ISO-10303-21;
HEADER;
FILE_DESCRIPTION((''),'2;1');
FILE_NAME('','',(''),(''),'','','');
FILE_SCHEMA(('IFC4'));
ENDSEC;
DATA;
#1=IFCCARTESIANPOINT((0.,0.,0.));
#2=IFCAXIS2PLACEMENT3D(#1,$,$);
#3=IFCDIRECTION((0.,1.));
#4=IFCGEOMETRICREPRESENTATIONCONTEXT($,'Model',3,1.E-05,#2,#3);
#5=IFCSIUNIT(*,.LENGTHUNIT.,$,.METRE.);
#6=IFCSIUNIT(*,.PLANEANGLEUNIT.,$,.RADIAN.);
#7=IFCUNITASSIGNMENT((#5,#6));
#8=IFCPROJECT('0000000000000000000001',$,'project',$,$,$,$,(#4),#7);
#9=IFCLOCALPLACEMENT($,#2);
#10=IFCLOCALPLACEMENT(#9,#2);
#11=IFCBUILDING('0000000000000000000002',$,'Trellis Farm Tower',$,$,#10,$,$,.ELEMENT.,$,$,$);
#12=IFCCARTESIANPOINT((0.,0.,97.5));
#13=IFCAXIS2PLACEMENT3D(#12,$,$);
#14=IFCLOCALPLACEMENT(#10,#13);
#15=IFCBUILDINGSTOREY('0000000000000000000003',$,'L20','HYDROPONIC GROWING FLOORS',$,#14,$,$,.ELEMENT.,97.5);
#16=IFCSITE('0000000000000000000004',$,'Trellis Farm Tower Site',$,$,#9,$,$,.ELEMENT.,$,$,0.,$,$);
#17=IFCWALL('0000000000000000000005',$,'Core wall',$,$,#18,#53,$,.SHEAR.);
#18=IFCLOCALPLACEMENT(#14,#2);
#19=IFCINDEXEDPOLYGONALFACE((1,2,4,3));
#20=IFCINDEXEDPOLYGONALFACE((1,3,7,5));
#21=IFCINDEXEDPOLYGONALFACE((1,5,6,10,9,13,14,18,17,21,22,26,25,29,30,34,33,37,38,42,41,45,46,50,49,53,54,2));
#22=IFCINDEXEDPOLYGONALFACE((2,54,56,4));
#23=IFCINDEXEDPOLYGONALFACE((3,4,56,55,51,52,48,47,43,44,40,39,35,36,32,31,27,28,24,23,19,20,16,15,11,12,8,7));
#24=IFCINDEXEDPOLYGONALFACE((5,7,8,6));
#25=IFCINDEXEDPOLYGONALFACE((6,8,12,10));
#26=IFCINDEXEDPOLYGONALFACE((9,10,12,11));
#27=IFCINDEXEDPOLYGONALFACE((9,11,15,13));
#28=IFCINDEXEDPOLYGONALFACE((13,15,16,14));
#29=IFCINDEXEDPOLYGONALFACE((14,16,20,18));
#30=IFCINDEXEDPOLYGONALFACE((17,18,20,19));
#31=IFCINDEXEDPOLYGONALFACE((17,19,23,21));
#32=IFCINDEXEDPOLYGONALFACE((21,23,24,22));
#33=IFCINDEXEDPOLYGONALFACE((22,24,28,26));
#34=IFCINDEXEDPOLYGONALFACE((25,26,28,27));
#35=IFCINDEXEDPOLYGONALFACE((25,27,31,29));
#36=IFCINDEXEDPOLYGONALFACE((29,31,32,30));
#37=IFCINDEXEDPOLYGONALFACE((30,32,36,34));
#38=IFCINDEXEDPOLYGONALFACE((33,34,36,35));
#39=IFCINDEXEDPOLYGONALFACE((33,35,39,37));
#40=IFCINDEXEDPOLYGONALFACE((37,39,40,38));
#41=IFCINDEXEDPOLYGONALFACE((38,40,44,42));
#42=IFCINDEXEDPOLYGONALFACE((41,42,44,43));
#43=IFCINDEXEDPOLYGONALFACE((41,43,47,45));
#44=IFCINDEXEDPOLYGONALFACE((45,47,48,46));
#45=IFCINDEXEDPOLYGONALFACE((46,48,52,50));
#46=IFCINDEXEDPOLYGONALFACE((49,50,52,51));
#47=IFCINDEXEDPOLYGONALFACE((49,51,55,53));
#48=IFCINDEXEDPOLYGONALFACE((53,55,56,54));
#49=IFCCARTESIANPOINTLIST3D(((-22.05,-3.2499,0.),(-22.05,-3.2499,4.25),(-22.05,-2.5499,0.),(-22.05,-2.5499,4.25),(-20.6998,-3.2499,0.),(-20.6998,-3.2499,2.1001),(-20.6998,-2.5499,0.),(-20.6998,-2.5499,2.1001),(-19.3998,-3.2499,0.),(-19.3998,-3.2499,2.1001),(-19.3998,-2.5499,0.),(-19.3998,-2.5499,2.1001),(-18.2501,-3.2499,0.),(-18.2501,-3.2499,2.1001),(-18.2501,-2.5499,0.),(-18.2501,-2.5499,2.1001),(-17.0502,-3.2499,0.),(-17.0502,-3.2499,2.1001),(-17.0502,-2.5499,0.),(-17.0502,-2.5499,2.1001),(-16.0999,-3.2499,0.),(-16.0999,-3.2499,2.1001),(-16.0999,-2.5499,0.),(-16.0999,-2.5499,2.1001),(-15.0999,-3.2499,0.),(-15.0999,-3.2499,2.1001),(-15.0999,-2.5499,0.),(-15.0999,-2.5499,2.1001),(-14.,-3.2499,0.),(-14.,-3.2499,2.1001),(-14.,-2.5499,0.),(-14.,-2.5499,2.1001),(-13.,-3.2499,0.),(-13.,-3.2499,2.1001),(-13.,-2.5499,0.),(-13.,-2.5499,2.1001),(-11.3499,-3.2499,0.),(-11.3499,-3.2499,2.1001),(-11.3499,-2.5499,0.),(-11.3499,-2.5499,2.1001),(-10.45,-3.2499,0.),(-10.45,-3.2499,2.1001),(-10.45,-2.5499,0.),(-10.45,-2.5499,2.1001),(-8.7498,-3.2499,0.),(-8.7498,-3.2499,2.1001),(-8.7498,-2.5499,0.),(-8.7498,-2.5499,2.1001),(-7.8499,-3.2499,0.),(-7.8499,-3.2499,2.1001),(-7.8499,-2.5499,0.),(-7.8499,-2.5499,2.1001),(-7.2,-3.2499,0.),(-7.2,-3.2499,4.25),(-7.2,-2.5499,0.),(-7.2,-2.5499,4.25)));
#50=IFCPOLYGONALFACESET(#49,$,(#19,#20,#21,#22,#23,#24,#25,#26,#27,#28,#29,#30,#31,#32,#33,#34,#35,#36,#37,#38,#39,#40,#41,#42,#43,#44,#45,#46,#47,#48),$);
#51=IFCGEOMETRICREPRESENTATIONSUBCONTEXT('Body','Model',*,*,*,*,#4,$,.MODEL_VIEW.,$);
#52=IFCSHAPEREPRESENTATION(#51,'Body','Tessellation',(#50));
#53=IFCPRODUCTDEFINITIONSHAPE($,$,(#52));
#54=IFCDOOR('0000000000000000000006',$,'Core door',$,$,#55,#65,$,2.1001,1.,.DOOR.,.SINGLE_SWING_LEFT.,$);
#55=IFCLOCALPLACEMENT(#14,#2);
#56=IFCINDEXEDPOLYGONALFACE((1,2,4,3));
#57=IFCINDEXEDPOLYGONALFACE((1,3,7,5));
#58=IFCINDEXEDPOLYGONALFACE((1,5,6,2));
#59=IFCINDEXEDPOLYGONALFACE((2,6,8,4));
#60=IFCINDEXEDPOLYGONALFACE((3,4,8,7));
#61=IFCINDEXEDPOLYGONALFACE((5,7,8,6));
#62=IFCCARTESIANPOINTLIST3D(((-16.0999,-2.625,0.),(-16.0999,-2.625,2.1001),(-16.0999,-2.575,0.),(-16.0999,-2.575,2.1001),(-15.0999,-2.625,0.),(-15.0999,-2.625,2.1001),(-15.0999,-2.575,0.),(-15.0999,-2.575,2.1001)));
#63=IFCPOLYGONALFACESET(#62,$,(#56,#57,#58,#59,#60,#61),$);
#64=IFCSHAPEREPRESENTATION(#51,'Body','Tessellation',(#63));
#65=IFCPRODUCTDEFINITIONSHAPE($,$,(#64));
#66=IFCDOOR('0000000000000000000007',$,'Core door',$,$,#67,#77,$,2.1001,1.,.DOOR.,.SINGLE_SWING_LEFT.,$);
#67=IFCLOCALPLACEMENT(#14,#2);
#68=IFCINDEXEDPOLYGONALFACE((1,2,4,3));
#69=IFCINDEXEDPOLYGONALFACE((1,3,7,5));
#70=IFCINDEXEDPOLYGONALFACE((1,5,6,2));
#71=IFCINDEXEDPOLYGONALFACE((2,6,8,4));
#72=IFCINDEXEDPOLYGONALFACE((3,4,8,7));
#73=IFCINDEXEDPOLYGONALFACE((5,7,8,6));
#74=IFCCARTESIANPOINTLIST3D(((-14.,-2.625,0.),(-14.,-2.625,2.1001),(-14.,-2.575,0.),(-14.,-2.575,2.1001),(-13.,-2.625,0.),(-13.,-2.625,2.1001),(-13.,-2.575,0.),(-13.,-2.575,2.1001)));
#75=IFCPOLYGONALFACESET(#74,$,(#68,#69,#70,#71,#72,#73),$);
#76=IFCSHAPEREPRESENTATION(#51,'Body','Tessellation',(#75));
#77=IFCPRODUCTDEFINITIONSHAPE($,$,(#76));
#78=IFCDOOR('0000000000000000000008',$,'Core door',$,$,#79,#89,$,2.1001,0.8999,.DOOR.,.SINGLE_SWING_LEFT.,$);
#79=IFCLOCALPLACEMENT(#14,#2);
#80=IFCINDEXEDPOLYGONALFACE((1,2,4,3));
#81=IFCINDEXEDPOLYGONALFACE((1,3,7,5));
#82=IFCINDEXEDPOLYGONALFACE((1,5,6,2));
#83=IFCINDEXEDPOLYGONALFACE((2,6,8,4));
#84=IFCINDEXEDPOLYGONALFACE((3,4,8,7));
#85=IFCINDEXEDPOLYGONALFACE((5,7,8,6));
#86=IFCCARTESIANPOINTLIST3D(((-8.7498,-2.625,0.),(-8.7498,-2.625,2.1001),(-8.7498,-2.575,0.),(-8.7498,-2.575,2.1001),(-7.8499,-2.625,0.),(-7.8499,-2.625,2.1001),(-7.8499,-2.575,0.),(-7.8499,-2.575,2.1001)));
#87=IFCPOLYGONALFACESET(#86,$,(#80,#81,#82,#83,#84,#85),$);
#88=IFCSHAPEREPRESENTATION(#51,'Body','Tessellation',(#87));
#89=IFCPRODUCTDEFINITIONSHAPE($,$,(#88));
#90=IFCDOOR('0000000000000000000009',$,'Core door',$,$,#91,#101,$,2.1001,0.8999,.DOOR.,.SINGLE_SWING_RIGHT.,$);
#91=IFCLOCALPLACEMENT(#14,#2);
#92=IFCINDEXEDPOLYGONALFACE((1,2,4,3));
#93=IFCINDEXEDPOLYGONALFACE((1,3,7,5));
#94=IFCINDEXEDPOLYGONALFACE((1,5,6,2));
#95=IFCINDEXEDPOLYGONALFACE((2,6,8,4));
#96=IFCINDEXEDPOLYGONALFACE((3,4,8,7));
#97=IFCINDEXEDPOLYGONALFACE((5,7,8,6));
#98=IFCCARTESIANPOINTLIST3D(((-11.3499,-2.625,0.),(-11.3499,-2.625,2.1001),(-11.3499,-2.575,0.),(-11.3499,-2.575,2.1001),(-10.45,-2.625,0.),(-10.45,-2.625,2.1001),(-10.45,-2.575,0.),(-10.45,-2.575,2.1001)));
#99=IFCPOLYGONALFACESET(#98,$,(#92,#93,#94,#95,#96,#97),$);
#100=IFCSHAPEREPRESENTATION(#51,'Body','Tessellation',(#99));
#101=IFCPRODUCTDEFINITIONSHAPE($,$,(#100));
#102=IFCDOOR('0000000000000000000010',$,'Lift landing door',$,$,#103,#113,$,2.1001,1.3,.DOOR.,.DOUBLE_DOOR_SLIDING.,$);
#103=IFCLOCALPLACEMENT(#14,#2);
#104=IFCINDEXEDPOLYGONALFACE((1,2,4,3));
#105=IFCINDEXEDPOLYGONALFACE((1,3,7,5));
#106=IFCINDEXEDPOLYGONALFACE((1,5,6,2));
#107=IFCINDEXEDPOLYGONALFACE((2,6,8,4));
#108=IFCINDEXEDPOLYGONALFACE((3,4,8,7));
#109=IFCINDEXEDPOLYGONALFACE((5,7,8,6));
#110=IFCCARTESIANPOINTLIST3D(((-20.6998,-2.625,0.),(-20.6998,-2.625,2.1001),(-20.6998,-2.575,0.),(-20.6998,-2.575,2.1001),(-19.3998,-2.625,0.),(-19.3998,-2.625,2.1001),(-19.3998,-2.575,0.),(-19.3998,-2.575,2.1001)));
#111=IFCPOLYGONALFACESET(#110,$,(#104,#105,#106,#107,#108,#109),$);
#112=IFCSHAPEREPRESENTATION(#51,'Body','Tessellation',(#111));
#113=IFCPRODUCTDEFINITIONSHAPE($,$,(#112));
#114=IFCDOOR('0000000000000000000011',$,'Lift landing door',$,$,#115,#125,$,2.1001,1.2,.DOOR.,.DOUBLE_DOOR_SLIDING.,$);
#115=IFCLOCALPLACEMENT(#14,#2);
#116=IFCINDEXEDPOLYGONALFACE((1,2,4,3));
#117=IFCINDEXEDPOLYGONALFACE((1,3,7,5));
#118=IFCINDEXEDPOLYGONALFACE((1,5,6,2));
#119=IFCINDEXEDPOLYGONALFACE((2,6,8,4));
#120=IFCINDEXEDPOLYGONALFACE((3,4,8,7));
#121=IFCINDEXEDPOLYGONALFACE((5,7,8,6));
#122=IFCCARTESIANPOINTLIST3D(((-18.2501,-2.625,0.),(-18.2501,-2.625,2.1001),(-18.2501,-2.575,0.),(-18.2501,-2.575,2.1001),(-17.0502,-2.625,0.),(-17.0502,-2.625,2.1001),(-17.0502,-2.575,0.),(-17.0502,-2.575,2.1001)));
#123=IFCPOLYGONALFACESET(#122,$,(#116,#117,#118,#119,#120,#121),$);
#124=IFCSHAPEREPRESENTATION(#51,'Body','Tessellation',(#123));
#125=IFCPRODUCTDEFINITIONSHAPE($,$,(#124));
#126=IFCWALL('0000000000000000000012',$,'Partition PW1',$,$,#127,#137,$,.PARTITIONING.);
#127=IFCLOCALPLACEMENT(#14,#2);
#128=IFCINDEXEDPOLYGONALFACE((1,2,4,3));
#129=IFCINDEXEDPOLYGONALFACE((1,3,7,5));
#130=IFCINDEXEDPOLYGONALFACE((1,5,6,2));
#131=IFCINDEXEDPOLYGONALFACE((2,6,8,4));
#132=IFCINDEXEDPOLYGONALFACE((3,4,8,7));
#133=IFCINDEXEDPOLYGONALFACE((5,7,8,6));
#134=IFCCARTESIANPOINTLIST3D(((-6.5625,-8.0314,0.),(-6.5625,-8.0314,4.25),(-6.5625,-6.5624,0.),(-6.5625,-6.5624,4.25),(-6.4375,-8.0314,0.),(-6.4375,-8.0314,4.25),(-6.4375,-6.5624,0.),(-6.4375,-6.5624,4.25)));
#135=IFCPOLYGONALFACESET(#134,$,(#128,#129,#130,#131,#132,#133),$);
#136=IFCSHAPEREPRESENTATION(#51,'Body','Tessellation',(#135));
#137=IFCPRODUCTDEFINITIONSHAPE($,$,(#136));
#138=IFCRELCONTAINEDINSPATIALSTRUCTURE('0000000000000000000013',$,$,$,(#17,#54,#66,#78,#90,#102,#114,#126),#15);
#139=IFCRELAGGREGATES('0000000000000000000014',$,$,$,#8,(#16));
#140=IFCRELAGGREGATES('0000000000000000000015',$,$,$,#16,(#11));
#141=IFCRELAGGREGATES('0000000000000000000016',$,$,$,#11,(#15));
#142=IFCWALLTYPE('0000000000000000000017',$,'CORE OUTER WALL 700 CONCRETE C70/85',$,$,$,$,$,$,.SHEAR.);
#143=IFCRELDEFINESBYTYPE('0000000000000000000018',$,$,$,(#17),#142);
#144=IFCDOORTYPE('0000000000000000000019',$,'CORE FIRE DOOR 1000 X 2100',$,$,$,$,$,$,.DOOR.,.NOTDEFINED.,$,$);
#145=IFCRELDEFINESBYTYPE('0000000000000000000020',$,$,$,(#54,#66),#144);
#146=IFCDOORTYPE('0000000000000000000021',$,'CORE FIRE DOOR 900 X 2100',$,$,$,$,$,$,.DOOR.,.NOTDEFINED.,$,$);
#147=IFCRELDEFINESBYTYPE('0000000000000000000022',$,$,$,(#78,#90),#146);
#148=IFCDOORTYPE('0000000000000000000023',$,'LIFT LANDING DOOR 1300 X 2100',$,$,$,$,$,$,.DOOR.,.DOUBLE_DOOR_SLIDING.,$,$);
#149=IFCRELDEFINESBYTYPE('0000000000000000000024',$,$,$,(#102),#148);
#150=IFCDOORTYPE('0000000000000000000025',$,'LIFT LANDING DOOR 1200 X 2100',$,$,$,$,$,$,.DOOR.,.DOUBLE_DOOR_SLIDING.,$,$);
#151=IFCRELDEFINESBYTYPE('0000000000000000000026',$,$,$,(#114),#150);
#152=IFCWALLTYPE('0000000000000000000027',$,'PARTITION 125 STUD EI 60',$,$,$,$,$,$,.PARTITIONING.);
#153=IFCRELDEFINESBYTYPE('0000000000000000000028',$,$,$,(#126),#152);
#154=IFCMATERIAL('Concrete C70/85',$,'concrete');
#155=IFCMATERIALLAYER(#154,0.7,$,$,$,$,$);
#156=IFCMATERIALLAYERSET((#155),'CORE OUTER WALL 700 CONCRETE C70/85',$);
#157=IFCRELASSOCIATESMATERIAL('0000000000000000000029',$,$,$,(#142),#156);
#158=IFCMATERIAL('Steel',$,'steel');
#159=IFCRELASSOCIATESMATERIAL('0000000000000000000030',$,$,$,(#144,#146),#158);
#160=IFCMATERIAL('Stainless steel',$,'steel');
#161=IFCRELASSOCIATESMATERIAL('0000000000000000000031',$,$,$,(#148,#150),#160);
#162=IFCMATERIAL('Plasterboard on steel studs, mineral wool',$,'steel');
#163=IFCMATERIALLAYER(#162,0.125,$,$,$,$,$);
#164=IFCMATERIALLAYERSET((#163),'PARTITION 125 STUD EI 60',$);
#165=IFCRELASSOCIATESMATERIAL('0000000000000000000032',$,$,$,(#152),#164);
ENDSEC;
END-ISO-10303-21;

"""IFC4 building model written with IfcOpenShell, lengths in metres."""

from ifc_helpers import new_model, si_unit, direction, frame, frame_2d, origin, place, context, subcontext, project, spatial, rectangle, extrude, source, transform, mapped, material, layer, layer_set, type_object, element, fill, save


model = new_model("IFC4")

# Units and contexts
model_context = context("Model", 3, precision=1e-05, world=origin(), true_north=direction((0.0, 1.0)))
body_context = subcontext(model_context, "Body", "Model", "MODEL_VIEW")
ifc_project = project(units=[si_unit("LENGTHUNIT", "METRE"), si_unit("PLANEANGLEUNIT", "RADIAN")], contexts=[model_context])

# Site, building, storey
site_placement = place(None, origin())
site = spatial("IfcSite", under=ifc_project, at=site_placement, Name="Trellis Farm Tower Site", CompositionType="ELEMENT", RefElevation=0.0)
building_placement = place(site_placement, origin())
building = spatial("IfcBuilding", under=site, at=building_placement, Name="Trellis Farm Tower", CompositionType="ELEMENT")
storey_placement = place(building_placement, frame((0.0, 0.0, 97.5)))
storey = spatial("IfcBuildingStorey", under=building, at=storey_placement, Name="L20", Description="HYDROPONIC GROWING FLOORS", CompositionType="ELEMENT", Elevation=97.5)

# Shared definitions
ifc_material_1 = material(Name="Concrete C70/85", Category="concrete")

# Wall, openings, doors
ifc_layer_1 = layer(ifc_material_1, 0.7)
ifc_layer_set_1 = layer_set([ifc_layer_1], Name="CORE OUTER WALL 700 CONCRETE C70/85")
wall_type_1 = type_object("IfcWallType", Name="CORE OUTER WALL 700 CONCRETE C70/85", PredefinedType="SHEAR", material=ifc_layer_set_1)
shared_shape_1 = source(origin(), body_context, "Body", "SweptSolid", [
    extrude(rectangle(XDim=14.8501, YDim=0.7, at=frame_2d((7.425, 0.0))), origin(), (0.0, 0.0, 1.0), 4.25),
])
wall_1_placement = place(storey_placement, frame((-7.2, -2.8999, 0.0), z_axis=(0.0, 0.0, 1.0), x_axis=(-1.0, 0.0, 0.0)))
wall_1 = element("IfcWall", 1, at=wall_1_placement, inside=storey, type_object=wall_type_1, Name="Core wall", PredefinedType="SHEAR", context=body_context, shape_type="MappedRepresentation", body=[
    mapped(shared_shape_1, transform((0.0, 0.0, 0.0))),
])
shared_shape_2 = source(origin(), body_context, "Body", "SweptSolid", [
    extrude(rectangle(XDim=1.3, YDim=2.1001, at=frame_2d((0.6499, 1.05))), frame((0.0, 0.3601, 0.0), z_axis=(0.0, -1.0, 0.0), x_axis=(1.0, 0.0, 0.0)), (0.0, 0.0, 1.0), 0.7202),
])
opening_1_placement = place(wall_1_placement, frame((12.2, 0.0, 0.0)))
opening_1 = element("IfcOpeningElement", 2, at=opening_1_placement, cuts=wall_1, PredefinedType="OPENING", context=body_context, shape_type="MappedRepresentation", body=[
    mapped(shared_shape_2, transform((0.0, 0.0, 0.0))),
])
shared_shape_3 = source(origin(), body_context, "Body", "SweptSolid", [
    extrude(rectangle(XDim=1.2, YDim=2.1001, at=frame_2d((0.6001, 1.05))), frame((0.0, 0.3601, 0.0), z_axis=(0.0, -1.0, 0.0), x_axis=(1.0, 0.0, 0.0)), (0.0, 0.0, 1.0), 0.7202),
])
opening_2_placement = place(wall_1_placement, frame((9.8501, 0.0, 0.0)))
opening_2 = element("IfcOpeningElement", 3, at=opening_2_placement, cuts=wall_1, PredefinedType="OPENING", context=body_context, shape_type="MappedRepresentation", body=[
    mapped(shared_shape_3, transform((0.0, 0.0, 0.0))),
])
shared_shape_4 = source(origin(), body_context, "Body", "SweptSolid", [
    extrude(rectangle(XDim=1.0, YDim=2.1001, at=frame_2d((0.5, 1.05))), frame((0.0, 0.3601, 0.0), z_axis=(0.0, -1.0, 0.0), x_axis=(1.0, 0.0, 0.0)), (0.0, 0.0, 1.0), 0.7202),
])
opening_3_placement = place(wall_1_placement, frame((7.8999, 0.0, 0.0)))
opening_3 = element("IfcOpeningElement", 4, at=opening_3_placement, cuts=wall_1, PredefinedType="OPENING", context=body_context, shape_type="MappedRepresentation", body=[
    mapped(shared_shape_4, transform((0.0, 0.0, 0.0))),
])
shared_shape_5 = source(origin(), body_context, "Body", "SweptSolid", [
    extrude(rectangle(XDim=0.8999, YDim=2.1001, at=frame_2d((0.45, 1.05))), frame((0.0, 0.3601, 0.0), z_axis=(0.0, -1.0, 0.0), x_axis=(1.0, 0.0, 0.0)), (0.0, 0.0, 1.0), 0.7202),
])
opening_4_placement = place(wall_1_placement, frame((0.6499, 0.0, 0.0)))
opening_4 = element("IfcOpeningElement", 5, at=opening_4_placement, cuts=wall_1, PredefinedType="OPENING", context=body_context, shape_type="MappedRepresentation", body=[
    mapped(shared_shape_5, transform((0.0, 0.0, 0.0))),
])
opening_5_placement = place(wall_1_placement, frame((3.25, 0.0, 0.0)))
opening_5 = element("IfcOpeningElement", 6, at=opening_5_placement, cuts=wall_1, PredefinedType="OPENING", context=body_context, shape_type="MappedRepresentation", body=[
    mapped(shared_shape_5, transform((0.0, 0.0, 0.0))),
])
opening_6_placement = place(wall_1_placement, frame((5.8, 0.0, 0.0)))
opening_6 = element("IfcOpeningElement", 7, at=opening_6_placement, cuts=wall_1, PredefinedType="OPENING", context=body_context, shape_type="MappedRepresentation", body=[
    mapped(shared_shape_4, transform((0.0, 0.0, 0.0))),
])
ifc_material_2 = material(Name="Steel", Category="steel")
door_type_1 = type_object("IfcDoorType", Name="CORE FIRE DOOR 1000 X 2100", OperationType="NOTDEFINED", PredefinedType="DOOR", material=ifc_material_2)
shared_shape_6 = source(origin(), body_context, "Body", "SweptSolid", [
    extrude(rectangle(XDim=1.0, YDim=2.1001, at=frame_2d((0.5, 1.05))), frame((0.0, -0.2749, 0.0), z_axis=(0.0, -1.0, 0.0), x_axis=(1.0, 0.0, 0.0)), (0.0, 0.0, 1.0), 0.05),
])
door_1_placement = place(opening_3_placement, origin())
door_1 = element("IfcDoor", 8, at=door_1_placement, inside=storey, type_object=door_type_1, Name="Core door", OperationType="SINGLE_SWING_LEFT", OverallHeight=2.1001, OverallWidth=1.0, PredefinedType="DOOR", context=body_context, shape_type="MappedRepresentation", body=[
    mapped(shared_shape_6, transform((0.0, 0.0, 0.0))),
])
fill(opening_3, door_1)
door_2_placement = place(opening_6_placement, origin())
door_2 = element("IfcDoor", 9, at=door_2_placement, inside=storey, type_object=door_type_1, Name="Core door", OperationType="SINGLE_SWING_LEFT", OverallHeight=2.1001, OverallWidth=1.0, PredefinedType="DOOR", context=body_context, shape_type="MappedRepresentation", body=[
    mapped(shared_shape_6, transform((0.0, 0.0, 0.0))),
])
fill(opening_6, door_2)
door_type_2 = type_object("IfcDoorType", Name="CORE FIRE DOOR 900 X 2100", OperationType="NOTDEFINED", PredefinedType="DOOR", material=ifc_material_2)
shared_shape_7 = source(origin(), body_context, "Body", "SweptSolid", [
    extrude(rectangle(XDim=0.8999, YDim=2.1001, at=frame_2d((0.45, 1.05))), frame((0.0, -0.2749, 0.0), z_axis=(0.0, -1.0, 0.0), x_axis=(1.0, 0.0, 0.0)), (0.0, 0.0, 1.0), 0.05),
])
door_3_placement = place(opening_4_placement, origin())
door_3 = element("IfcDoor", 10, at=door_3_placement, inside=storey, type_object=door_type_2, Name="Core door", OperationType="SINGLE_SWING_LEFT", OverallHeight=2.1001, OverallWidth=0.8999, PredefinedType="DOOR", context=body_context, shape_type="MappedRepresentation", body=[
    mapped(shared_shape_7, transform((0.0, 0.0, 0.0))),
])
fill(opening_4, door_3)
door_4_placement = place(opening_5_placement, origin())
door_4 = element("IfcDoor", 11, at=door_4_placement, inside=storey, type_object=door_type_2, Name="Core door", OperationType="SINGLE_SWING_RIGHT", OverallHeight=2.1001, OverallWidth=0.8999, PredefinedType="DOOR", context=body_context, shape_type="MappedRepresentation", body=[
    mapped(shared_shape_7, transform((0.0, 0.0, 0.0))),
])
fill(opening_5, door_4)
ifc_material_3 = material(Name="Stainless steel", Category="steel")
door_type_3 = type_object("IfcDoorType", Name="LIFT LANDING DOOR 1300 X 2100", OperationType="DOUBLE_DOOR_SLIDING", PredefinedType="DOOR", material=ifc_material_3)
shared_shape_8 = source(origin(), body_context, "Body", "SweptSolid", [
    extrude(rectangle(XDim=1.3, YDim=2.1001, at=frame_2d((0.6499, 1.05))), frame((0.0, -0.2749, 0.0), z_axis=(0.0, -1.0, 0.0), x_axis=(1.0, 0.0, 0.0)), (0.0, 0.0, 1.0), 0.05),
])
door_5_placement = place(opening_1_placement, origin())
door_5 = element("IfcDoor", 12, at=door_5_placement, inside=storey, type_object=door_type_3, Name="Lift landing door", OperationType="DOUBLE_DOOR_SLIDING", OverallHeight=2.1001, OverallWidth=1.3, PredefinedType="DOOR", context=body_context, shape_type="MappedRepresentation", body=[
    mapped(shared_shape_8, transform((0.0, 0.0, 0.0))),
])
fill(opening_1, door_5)
door_type_4 = type_object("IfcDoorType", Name="LIFT LANDING DOOR 1200 X 2100", OperationType="DOUBLE_DOOR_SLIDING", PredefinedType="DOOR", material=ifc_material_3)
shared_shape_9 = source(origin(), body_context, "Body", "SweptSolid", [
    extrude(rectangle(XDim=1.2, YDim=2.1001, at=frame_2d((0.6001, 1.05))), frame((0.0, -0.2749, 0.0), z_axis=(0.0, -1.0, 0.0), x_axis=(1.0, 0.0, 0.0)), (0.0, 0.0, 1.0), 0.05),
])
door_6_placement = place(opening_2_placement, origin())
door_6 = element("IfcDoor", 13, at=door_6_placement, inside=storey, type_object=door_type_4, Name="Lift landing door", OperationType="DOUBLE_DOOR_SLIDING", OverallHeight=2.1001, OverallWidth=1.2, PredefinedType="DOOR", context=body_context, shape_type="MappedRepresentation", body=[
    mapped(shared_shape_9, transform((0.0, 0.0, 0.0))),
])
fill(opening_2, door_6)

# Wall
ifc_material_4 = material(Name="Plasterboard on steel studs, mineral wool", Category="steel")
ifc_layer_2 = layer(ifc_material_4, 0.125)
ifc_layer_set_2 = layer_set([ifc_layer_2], Name="PARTITION 125 STUD EI 60")
wall_type_2 = type_object("IfcWallType", Name="PARTITION 125 STUD EI 60", PredefinedType="PARTITIONING", material=ifc_layer_set_2)
shared_shape_10 = source(origin(), body_context, "Body", "SweptSolid", [
    extrude(rectangle(XDim=1.469, YDim=0.125, at=frame_2d((0.7344, 0.0))), origin(), (0.0, 0.0, 1.0), 4.25),
])
wall_2_placement = place(storey_placement, frame((-6.5, -6.5625, 0.0), z_axis=(0.0, 0.0, 1.0), x_axis=(0.0, -1.0, 0.0)))
element("IfcWall", 14, at=wall_2_placement, inside=storey, type_object=wall_type_2, Name="Partition PW1", PredefinedType="PARTITIONING", context=body_context, shape_type="MappedRepresentation", body=[
    mapped(shared_shape_10, transform((0.0, 0.0, 0.0))),
])

save(model, "model.ifc")
